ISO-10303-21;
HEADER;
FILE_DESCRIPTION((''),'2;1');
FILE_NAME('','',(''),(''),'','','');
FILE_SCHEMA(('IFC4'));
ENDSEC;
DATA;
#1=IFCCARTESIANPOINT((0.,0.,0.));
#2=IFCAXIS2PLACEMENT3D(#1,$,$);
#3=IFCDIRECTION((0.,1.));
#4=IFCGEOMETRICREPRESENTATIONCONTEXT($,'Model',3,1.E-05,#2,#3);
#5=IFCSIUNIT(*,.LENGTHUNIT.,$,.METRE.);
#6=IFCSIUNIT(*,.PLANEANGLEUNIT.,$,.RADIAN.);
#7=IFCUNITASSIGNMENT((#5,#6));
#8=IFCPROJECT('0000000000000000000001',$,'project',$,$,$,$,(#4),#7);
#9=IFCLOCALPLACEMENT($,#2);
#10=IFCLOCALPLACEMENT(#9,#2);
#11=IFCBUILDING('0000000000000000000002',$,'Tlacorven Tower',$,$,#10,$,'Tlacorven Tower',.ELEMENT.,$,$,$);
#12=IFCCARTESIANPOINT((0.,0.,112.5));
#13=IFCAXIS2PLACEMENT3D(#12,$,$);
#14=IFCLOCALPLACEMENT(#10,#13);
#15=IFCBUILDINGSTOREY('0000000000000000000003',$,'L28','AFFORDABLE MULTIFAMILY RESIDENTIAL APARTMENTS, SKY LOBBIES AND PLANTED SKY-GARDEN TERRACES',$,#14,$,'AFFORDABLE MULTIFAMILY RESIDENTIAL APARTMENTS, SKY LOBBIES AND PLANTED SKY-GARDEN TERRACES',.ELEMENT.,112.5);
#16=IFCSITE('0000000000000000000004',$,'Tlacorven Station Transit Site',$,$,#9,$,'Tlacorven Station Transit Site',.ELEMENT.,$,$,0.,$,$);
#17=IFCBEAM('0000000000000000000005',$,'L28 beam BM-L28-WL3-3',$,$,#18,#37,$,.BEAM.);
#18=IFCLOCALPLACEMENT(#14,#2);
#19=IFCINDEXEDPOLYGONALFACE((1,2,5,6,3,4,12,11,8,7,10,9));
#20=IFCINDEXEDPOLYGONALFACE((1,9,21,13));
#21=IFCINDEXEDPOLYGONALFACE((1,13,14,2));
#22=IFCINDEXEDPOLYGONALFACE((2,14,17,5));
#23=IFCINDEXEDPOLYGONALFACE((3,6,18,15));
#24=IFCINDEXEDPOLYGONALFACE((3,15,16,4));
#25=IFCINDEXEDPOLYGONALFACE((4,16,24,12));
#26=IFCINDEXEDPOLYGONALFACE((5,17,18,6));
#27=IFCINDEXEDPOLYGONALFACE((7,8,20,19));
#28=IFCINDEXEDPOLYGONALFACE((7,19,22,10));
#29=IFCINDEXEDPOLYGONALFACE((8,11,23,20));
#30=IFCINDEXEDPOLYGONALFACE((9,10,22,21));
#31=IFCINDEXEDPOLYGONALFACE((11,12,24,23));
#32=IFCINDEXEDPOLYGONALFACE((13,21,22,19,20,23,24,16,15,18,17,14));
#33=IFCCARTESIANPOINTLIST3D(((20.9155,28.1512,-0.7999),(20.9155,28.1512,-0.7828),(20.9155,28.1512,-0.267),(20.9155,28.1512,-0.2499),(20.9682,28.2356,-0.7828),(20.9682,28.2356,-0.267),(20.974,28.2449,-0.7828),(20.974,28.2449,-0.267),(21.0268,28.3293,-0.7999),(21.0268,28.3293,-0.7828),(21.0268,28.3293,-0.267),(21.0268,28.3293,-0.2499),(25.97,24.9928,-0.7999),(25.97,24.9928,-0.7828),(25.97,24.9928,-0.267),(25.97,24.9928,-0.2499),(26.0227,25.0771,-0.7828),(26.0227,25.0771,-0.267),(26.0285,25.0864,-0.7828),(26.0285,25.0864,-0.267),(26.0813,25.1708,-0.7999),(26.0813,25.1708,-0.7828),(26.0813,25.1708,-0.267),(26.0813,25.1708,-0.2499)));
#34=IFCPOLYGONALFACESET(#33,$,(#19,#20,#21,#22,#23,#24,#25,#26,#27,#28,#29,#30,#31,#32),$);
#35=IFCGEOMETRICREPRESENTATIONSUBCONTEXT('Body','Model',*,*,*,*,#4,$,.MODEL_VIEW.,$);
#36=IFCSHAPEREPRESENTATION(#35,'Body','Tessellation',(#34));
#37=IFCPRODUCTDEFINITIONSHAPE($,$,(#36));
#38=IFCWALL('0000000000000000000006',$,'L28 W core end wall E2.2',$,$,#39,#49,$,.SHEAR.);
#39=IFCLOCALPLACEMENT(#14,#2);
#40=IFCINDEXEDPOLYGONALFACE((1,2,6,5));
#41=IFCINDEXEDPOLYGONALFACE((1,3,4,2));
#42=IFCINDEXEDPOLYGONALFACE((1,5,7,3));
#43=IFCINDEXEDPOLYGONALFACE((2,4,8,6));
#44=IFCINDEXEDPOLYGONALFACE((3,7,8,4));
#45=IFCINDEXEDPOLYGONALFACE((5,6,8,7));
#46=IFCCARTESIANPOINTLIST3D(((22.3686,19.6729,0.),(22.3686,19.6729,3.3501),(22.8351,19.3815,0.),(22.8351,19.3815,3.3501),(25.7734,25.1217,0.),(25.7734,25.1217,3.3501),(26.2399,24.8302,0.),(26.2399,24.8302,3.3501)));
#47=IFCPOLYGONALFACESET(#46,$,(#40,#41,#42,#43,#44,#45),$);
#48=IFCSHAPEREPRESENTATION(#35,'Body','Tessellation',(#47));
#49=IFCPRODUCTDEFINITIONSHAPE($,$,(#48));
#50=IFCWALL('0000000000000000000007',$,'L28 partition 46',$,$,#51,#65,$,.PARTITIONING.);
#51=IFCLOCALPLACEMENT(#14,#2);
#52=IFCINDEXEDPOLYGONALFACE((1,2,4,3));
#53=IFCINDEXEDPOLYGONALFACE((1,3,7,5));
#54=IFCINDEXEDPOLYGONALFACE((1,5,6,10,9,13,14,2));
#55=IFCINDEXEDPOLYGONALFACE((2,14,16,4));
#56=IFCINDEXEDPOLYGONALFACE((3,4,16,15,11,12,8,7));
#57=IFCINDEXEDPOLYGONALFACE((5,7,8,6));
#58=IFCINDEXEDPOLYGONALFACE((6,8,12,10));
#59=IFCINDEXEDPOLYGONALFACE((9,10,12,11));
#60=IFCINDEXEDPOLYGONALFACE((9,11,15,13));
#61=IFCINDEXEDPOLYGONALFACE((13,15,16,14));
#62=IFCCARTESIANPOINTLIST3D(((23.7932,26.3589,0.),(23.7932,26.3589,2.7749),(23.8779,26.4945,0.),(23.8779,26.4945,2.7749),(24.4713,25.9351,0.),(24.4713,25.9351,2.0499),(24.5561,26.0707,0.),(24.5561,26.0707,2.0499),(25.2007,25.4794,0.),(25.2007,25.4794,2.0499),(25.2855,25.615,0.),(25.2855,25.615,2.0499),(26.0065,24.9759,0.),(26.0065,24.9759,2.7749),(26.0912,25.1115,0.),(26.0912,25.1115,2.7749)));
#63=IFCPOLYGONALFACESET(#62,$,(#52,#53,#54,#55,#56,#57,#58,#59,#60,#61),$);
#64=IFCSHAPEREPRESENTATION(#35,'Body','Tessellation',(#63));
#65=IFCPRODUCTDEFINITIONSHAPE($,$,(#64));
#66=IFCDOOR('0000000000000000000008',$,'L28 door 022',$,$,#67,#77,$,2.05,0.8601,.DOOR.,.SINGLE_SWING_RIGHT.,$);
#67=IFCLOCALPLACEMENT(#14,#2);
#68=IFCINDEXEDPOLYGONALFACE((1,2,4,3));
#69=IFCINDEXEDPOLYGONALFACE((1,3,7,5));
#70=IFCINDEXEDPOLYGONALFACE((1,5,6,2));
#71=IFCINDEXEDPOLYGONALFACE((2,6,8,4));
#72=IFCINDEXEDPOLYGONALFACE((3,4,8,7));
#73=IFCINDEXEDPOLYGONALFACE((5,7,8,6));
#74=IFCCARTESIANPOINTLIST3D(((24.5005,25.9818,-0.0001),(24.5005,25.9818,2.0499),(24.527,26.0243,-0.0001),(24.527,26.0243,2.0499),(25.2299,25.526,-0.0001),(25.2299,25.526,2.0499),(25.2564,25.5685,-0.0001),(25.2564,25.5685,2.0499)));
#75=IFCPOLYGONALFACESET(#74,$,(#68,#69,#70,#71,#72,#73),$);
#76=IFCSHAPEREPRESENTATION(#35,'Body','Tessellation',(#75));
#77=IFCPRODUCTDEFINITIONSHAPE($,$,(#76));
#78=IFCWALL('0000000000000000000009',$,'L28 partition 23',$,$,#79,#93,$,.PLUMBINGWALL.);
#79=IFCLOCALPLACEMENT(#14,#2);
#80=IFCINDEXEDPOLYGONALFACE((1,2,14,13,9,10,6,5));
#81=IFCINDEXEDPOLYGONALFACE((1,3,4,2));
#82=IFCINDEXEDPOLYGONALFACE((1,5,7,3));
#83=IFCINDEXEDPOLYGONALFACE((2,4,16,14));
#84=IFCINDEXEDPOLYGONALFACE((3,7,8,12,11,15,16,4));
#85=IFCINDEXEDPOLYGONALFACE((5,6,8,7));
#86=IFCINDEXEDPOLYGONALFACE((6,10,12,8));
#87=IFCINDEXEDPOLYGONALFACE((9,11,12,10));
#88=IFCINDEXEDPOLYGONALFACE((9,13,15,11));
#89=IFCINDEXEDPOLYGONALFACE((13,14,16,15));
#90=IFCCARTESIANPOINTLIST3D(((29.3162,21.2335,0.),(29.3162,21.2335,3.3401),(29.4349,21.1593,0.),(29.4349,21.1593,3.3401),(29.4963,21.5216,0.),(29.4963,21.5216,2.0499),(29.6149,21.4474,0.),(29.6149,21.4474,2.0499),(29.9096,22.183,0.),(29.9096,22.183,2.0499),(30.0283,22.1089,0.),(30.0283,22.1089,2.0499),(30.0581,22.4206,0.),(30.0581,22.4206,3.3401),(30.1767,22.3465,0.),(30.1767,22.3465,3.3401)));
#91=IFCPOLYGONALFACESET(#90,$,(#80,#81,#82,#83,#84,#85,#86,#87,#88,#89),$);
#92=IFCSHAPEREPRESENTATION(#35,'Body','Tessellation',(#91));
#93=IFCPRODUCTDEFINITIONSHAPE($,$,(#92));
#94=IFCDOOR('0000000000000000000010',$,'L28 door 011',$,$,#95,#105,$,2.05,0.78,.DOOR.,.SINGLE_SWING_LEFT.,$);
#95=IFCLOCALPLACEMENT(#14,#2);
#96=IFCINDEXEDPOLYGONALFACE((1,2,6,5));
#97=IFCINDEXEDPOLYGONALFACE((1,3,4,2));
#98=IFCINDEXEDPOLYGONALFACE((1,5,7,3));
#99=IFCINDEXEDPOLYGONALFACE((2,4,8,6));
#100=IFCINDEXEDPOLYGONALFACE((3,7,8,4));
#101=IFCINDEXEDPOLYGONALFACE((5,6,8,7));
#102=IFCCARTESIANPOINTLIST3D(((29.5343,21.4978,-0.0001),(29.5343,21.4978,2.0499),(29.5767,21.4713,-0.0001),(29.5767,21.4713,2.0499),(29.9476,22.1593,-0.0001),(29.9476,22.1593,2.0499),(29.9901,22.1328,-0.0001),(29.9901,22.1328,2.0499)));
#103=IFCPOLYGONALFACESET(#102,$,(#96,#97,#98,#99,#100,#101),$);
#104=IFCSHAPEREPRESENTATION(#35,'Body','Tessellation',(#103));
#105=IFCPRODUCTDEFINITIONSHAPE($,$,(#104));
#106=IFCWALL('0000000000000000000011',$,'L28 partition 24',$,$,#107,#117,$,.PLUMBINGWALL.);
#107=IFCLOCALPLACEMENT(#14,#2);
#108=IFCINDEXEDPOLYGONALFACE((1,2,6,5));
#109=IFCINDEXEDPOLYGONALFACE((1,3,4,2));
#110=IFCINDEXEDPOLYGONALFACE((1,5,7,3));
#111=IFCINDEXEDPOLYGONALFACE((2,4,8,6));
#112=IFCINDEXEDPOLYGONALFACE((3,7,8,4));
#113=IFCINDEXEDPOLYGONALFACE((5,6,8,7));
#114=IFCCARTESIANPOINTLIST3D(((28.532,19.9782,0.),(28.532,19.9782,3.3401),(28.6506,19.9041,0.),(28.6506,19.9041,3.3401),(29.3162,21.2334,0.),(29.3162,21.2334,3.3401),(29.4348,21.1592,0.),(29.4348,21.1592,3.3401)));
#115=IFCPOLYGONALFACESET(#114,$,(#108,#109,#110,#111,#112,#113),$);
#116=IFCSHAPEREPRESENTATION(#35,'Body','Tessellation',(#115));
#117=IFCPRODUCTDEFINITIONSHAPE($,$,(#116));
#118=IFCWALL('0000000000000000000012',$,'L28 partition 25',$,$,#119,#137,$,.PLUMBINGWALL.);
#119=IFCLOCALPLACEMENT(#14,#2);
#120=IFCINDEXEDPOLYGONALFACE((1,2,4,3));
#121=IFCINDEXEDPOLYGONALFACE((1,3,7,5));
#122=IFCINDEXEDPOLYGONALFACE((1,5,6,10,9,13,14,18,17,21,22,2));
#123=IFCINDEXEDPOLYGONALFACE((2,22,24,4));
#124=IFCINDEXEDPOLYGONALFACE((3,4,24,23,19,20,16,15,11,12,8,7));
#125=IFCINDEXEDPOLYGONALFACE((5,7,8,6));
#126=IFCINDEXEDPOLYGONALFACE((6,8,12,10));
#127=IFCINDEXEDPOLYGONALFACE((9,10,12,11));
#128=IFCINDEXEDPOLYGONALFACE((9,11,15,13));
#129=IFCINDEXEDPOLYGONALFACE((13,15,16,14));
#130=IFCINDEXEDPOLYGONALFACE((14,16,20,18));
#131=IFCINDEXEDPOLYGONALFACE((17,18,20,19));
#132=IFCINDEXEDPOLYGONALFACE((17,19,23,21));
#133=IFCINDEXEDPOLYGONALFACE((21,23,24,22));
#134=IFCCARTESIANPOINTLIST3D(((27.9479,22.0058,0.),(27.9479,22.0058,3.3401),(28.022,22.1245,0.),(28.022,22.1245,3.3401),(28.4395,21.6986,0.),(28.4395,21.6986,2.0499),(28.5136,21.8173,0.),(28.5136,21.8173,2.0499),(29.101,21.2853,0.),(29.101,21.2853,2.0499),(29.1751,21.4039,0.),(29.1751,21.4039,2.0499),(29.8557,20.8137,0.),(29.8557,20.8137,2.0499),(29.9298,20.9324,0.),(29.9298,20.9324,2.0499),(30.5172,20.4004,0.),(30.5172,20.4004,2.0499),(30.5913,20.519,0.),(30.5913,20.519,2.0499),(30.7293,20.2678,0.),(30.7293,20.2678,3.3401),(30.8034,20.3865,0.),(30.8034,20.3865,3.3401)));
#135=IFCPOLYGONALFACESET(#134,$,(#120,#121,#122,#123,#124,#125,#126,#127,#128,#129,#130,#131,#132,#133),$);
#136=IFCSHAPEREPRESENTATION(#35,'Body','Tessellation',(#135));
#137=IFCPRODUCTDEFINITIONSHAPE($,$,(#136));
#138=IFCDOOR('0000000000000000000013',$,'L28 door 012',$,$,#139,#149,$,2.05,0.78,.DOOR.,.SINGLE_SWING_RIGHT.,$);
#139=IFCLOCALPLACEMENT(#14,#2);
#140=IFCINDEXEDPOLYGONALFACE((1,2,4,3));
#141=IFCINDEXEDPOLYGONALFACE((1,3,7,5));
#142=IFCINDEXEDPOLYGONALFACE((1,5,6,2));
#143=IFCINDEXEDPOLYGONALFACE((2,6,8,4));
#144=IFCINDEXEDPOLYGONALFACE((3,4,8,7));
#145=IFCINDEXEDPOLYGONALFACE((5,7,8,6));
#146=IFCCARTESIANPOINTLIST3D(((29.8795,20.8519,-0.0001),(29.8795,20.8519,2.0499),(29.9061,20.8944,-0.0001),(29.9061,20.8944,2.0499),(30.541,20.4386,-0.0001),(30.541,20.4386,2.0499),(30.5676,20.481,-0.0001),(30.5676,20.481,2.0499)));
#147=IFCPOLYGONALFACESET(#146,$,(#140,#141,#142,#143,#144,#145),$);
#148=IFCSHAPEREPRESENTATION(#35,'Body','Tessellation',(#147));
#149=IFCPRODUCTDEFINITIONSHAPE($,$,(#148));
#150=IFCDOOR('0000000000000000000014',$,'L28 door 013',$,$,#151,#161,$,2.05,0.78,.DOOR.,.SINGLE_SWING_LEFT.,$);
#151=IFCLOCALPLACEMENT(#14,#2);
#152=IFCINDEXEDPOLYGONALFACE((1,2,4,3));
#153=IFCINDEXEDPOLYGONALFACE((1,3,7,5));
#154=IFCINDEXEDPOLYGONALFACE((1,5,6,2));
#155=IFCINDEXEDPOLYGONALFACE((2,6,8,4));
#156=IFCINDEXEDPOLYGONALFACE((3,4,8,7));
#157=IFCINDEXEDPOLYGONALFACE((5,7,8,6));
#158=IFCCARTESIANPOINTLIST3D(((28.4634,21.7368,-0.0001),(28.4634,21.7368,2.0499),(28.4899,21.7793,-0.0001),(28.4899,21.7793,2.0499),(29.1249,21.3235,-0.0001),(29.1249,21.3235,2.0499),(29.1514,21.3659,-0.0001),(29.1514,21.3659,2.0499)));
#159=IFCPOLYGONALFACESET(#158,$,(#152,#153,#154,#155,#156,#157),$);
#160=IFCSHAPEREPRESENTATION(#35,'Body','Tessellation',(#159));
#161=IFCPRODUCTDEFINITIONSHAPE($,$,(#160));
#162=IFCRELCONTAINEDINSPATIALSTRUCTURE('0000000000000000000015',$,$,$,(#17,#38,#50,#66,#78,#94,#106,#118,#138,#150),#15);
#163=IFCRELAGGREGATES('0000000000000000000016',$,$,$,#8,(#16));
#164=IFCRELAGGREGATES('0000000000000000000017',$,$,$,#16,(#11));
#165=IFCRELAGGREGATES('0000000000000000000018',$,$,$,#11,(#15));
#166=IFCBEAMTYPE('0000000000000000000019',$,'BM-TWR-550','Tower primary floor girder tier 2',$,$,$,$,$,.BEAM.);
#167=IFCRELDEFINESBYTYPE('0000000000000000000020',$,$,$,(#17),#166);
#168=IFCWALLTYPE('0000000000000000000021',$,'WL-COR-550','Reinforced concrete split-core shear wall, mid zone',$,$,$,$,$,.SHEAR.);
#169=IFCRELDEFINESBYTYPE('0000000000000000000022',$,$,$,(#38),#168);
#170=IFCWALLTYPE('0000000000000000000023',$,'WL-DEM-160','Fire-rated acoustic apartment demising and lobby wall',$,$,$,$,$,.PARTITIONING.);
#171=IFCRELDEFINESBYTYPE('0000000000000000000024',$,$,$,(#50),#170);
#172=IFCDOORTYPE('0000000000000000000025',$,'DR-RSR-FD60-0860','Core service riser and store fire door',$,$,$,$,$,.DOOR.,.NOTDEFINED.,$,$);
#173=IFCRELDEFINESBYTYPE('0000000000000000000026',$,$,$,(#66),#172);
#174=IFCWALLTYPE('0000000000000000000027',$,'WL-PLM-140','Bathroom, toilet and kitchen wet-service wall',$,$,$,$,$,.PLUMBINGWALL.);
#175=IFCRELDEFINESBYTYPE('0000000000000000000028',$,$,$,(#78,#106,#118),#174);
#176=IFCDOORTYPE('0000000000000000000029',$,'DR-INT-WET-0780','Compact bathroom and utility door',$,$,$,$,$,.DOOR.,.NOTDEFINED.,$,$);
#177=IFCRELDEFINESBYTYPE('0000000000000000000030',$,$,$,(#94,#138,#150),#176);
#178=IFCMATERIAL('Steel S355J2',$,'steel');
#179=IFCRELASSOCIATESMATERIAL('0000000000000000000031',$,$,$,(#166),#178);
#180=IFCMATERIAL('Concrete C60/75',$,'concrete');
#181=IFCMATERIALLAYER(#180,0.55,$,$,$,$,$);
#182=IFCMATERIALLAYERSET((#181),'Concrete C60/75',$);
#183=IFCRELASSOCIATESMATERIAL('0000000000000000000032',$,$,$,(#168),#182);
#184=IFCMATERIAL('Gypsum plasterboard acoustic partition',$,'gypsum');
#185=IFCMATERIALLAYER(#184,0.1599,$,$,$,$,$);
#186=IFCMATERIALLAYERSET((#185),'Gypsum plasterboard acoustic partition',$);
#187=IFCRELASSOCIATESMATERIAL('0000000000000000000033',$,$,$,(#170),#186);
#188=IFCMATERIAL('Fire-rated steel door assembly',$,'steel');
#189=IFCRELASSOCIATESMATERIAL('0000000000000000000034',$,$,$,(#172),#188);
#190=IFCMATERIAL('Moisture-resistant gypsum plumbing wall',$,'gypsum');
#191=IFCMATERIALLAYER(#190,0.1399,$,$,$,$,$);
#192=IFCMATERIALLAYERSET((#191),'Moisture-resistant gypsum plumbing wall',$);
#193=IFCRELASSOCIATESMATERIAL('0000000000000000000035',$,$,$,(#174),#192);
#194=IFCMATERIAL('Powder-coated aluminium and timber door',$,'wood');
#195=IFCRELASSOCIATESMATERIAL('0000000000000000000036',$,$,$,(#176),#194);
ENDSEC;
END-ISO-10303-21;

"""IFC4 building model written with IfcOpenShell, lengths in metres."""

from ifc_helpers import new_model, si_unit, direction, frame, frame_2d, origin, origin_2d, place, context, subcontext, project, spatial, rectangle, i_section, extrude, source, transform, mapped, material, layer, layer_set, material_profile, profile_set, type_object, element, fill, save


model = new_model("IFC4")

# Units and contexts
model_context = context("Model", 3, precision=1e-05, world=origin(), true_north=direction((0.0, 1.0)))
body_context = subcontext(model_context, "Body", "Model", "MODEL_VIEW")
ifc_project = project(units=[si_unit("LENGTHUNIT", "METRE"), si_unit("PLANEANGLEUNIT", "RADIAN")], contexts=[model_context])

# Site, building, storey
site_placement = place(None, origin())
site = spatial("IfcSite", under=ifc_project, at=site_placement, Name="Tlacorven Station Transit Site", LongName="Tlacorven Station Transit Site", CompositionType="ELEMENT", RefElevation=0.0)
building_placement = place(site_placement, origin())
building = spatial("IfcBuilding", under=site, at=building_placement, Name="Tlacorven Tower", LongName="Tlacorven Tower", CompositionType="ELEMENT")
storey_placement = place(building_placement, frame((0.0, 0.0, 112.5)))
storey = spatial("IfcBuildingStorey", under=building, at=storey_placement, Name="L28", Description="AFFORDABLE MULTIFAMILY RESIDENTIAL APARTMENTS, SKY LOBBIES AND PLANTED SKY-GARDEN TERRACES", LongName="AFFORDABLE MULTIFAMILY RESIDENTIAL APARTMENTS, SKY LOBBIES AND PLANTED SKY-GARDEN TERRACES", CompositionType="ELEMENT", Elevation=112.5)

# Beam
ifc_material_1 = material(Name="Steel S355J2", Category="steel")
ifc_material_profile = material_profile(ifc_material_1, i_section(OverallWidth=0.21, OverallDepth=0.55, WebThickness=0.011, FlangeThickness=0.0171, at=origin_2d()), Name="IPE 550")
ifc_profile_set = profile_set([ifc_material_profile], Name="Steel S355J2")
beam_type = type_object("IfcBeamType", Name="BM-TWR-550", Description="Tower primary floor girder tier 2", PredefinedType="BEAM", material=ifc_profile_set)
shared_shape_1 = source(origin(), body_context, "Body", "SweptSolid", [
    extrude(i_section(OverallWidth=0.21, OverallDepth=0.55, WebThickness=0.011, FlangeThickness=0.0171, at=origin_2d()), origin(), (0.0, 0.0, 1.0), 5.9602),
])
beam_placement = place(storey_placement, frame((26.0256, 25.0818, -0.5249), z_axis=(-0.848042, 0.529929, 0.0), x_axis=(-0.529929, -0.848042, 0.0)))
element("IfcBeam", 1, at=beam_placement, inside=storey, type_object=beam_type, Name="L28 beam BM-L28-WL3-3", PredefinedType="BEAM", context=body_context, shape_type="MappedRepresentation", body=[
    mapped(shared_shape_1, transform((0.0, 0.0, 0.0), scale=1.0)),
])

# Wall
ifc_material_2 = material(Name="Concrete C60/75", Category="concrete")
ifc_layer_1 = layer(ifc_material_2, 0.55)
ifc_layer_set_1 = layer_set([ifc_layer_1], Name="Concrete C60/75")
wall_type_1 = type_object("IfcWallType", Name="WL-COR-550", Description="Reinforced concrete split-core shear wall, mid zone", PredefinedType="SHEAR", material=ifc_layer_set_1)
wall_1_placement = place(storey_placement, frame((26.0066, 24.9758, 0.0), z_axis=(0.0, 0.0, 1.0), x_axis=(-0.529924, -0.848045, 0.0)))
element("IfcWall", 2, at=wall_1_placement, inside=storey, type_object=wall_type_1, Name="L28 W core end wall E2.2", PredefinedType="SHEAR", context=body_context, shape_type="SweptSolid", body=[
    extrude(rectangle(XDim=6.425, YDim=0.55, at=frame_2d((3.2124, 0.0))), origin(), (0.0, 0.0, 1.0), 3.3501),
])

# Walls, openings, doors
ifc_material_3 = material(Name="Gypsum plasterboard acoustic partition", Category="gypsum")
ifc_layer_2 = layer(ifc_material_3, 0.1599)
ifc_layer_set_2 = layer_set([ifc_layer_2], Name="Gypsum plasterboard acoustic partition")
wall_type_2 = type_object("IfcWallType", Name="WL-DEM-160", Description="Fire-rated acoustic apartment demising and lobby wall", PredefinedType="PARTITIONING", material=ifc_layer_set_2)
wall_2_placement = place(storey_placement, frame((26.0488, 25.0437, 0.0), z_axis=(0.0, 0.0, 1.0), x_axis=(-0.848051, 0.529915, 0.0)))
wall_2 = element("IfcWall", 3, at=wall_2_placement, inside=storey, type_object=wall_type_2, Name="L28 partition 46", PredefinedType="PARTITIONING", context=body_context, shape_type="SweptSolid", body=[
    extrude(rectangle(XDim=2.6099, YDim=0.1599, at=frame_2d((1.3049, 0.0))), origin(), (0.0, 0.0, 1.0), 2.7749),
])
opening_1_placement = place(wall_2_placement, frame((0.95, 0.0, 0.0)))
opening_1 = element("IfcOpeningElement", 4, at=opening_1_placement, cuts=wall_2, PredefinedType="OPENING", context=body_context, shape_type="SweptSolid", body=[
    extrude(rectangle(XDim=0.8601, YDim=2.05, at=frame_2d((0.4302, 1.0249))), frame((0.0, 0.0898, 0.0), z_axis=(0.0, -1.0, 0.0), x_axis=(1.0, 0.0, 0.0)), (0.0, 0.0, 1.0), 0.1799),
])
ifc_material_4 = material(Name="Fire-rated steel door assembly", Category="steel")
door_type_1 = type_object("IfcDoorType", Name="DR-RSR-FD60-0860", Description="Core service riser and store fire door", OperationType="NOTDEFINED", PredefinedType="DOOR", material=ifc_material_4)
shared_shape_2 = source(origin(), body_context, "Body", "SweptSolid", [
    extrude(rectangle(XDim=0.8601, YDim=2.05, at=frame_2d((0.4302, 1.0249))), frame((0.0, 0.0249, 0.0), z_axis=(0.0, -1.0, 0.0), x_axis=(1.0, 0.0, 0.0)), (0.0, 0.0, 1.0), 0.05),
])
door_1_placement = place(opening_1_placement, origin())
door_1 = element("IfcDoor", 5, at=door_1_placement, inside=storey, type_object=door_type_1, Name="L28 door 022", OperationType="SINGLE_SWING_RIGHT", OverallHeight=2.05, OverallWidth=0.8601, PredefinedType="DOOR", context=body_context, shape_type="MappedRepresentation", body=[
    mapped(shared_shape_2, transform((0.0, 0.0, 0.0), scale=1.0)),
])
fill(opening_1, door_1)
ifc_material_5 = material(Name="Moisture-resistant gypsum plumbing wall", Category="gypsum")
ifc_layer_3 = layer(ifc_material_5, 0.1399)
ifc_layer_set_3 = layer_set([ifc_layer_3], Name="Moisture-resistant gypsum plumbing wall")
wall_type_3 = type_object("IfcWallType", Name="WL-PLM-140", Description="Bathroom, toilet and kitchen wet-service wall", PredefinedType="PLUMBINGWALL", material=ifc_layer_set_3)
wall_3_placement = place(storey_placement, frame((30.1174, 22.3835, 0.0), z_axis=(0.0, 0.0, 1.0), x_axis=(-0.529952, -0.848028, 0.0)))
wall_3 = element("IfcWall", 6, at=wall_3_placement, inside=storey, type_object=wall_type_3, Name="L28 partition 23", PredefinedType="PLUMBINGWALL", context=body_context, shape_type="SweptSolid", body=[
    extrude(rectangle(XDim=1.3999, YDim=0.1399, at=frame_2d((0.7, 0.0))), origin(), (0.0, 0.0, 1.0), 3.3401),
])
opening_2_placement = place(wall_3_placement, frame((0.28, 0.0, 0.0)))
opening_2 = element("IfcOpeningElement", 7, at=opening_2_placement, cuts=wall_3, PredefinedType="OPENING", context=body_context, shape_type="SweptSolid", body=[
    extrude(rectangle(XDim=0.78, YDim=2.05, at=frame_2d((0.3901, 1.0249))), frame((0.0, 0.0801, 0.0), z_axis=(0.0, -1.0, 0.0), x_axis=(1.0, 0.0, 0.0)), (0.0, 0.0, 1.0), 0.1599),
])
ifc_material_6 = material(Name="Powder-coated aluminium and timber door", Category="wood")
door_type_2 = type_object("IfcDoorType", Name="DR-INT-WET-0780", Description="Compact bathroom and utility door", OperationType="NOTDEFINED", PredefinedType="DOOR", material=ifc_material_6)
shared_shape_3 = source(origin(), body_context, "Body", "SweptSolid", [
    extrude(rectangle(XDim=0.78, YDim=2.05, at=frame_2d((0.3901, 1.0249))), frame((0.0, 0.0249, 0.0), z_axis=(0.0, -1.0, 0.0), x_axis=(1.0, 0.0, 0.0)), (0.0, 0.0, 1.0), 0.05),
])
door_2_placement = place(opening_2_placement, origin())
door_2 = element("IfcDoor", 8, at=door_2_placement, inside=storey, type_object=door_type_2, Name="L28 door 011", OperationType="SINGLE_SWING_LEFT", OverallHeight=2.05, OverallWidth=0.78, PredefinedType="DOOR", context=body_context, shape_type="MappedRepresentation", body=[
    mapped(shared_shape_3, transform((0.0, 0.0, 0.0), scale=1.0)),
])
fill(opening_2, door_2)

# Wall
wall_4_placement = place(storey_placement, frame((29.3755, 21.1963, 0.0), z_axis=(0.0, 0.0, 1.0), x_axis=(-0.529865, -0.848082, 0.0)))
element("IfcWall", 9, at=wall_4_placement, inside=storey, type_object=wall_type_3, Name="L28 partition 24", PredefinedType="PLUMBINGWALL", context=body_context, shape_type="SweptSolid", body=[
    extrude(rectangle(XDim=1.48, YDim=0.1399, at=frame_2d((0.74, 0.0))), origin(), (0.0, 0.0, 1.0), 3.3401),
])

# Wall, openings, doors
wall_5_placement = place(storey_placement, frame((30.7664, 20.3271, 0.0), z_axis=(0.0, 0.0, 1.0), x_axis=(-0.848053, 0.529912, 0.0)))
wall_5 = element("IfcWall", 10, at=wall_5_placement, inside=storey, type_object=wall_type_3, Name="L28 partition 25", PredefinedType="PLUMBINGWALL", context=body_context, shape_type="SweptSolid", body=[
    extrude(rectangle(XDim=3.2798, YDim=0.1399, at=frame_2d((1.6399, 0.0))), origin(), (0.0, 0.0, 1.0), 3.3401),
])
opening_3_placement = place(wall_5_placement, frame((0.25, 0.0, 0.0)))
opening_3 = element("IfcOpeningElement", 11, at=opening_3_placement, cuts=wall_5, PredefinedType="OPENING", context=body_context, shape_type="SweptSolid", body=[
    extrude(rectangle(XDim=0.78, YDim=2.05, at=frame_2d((0.3901, 1.0249))), frame((0.0, 0.0801, 0.0), z_axis=(0.0, -1.0, 0.0), x_axis=(1.0, 0.0, 0.0)), (0.0, 0.0, 1.0), 0.1599),
])
opening_4_placement = place(wall_5_placement, frame((1.9199, 0.0, 0.0)))
opening_4 = element("IfcOpeningElement", 12, at=opening_4_placement, cuts=wall_5, PredefinedType="OPENING", context=body_context, shape_type="SweptSolid", body=[
    extrude(rectangle(XDim=0.78, YDim=2.05, at=frame_2d((0.3901, 1.0249))), frame((0.0, 0.0801, 0.0), z_axis=(0.0, -1.0, 0.0), x_axis=(1.0, 0.0, 0.0)), (0.0, 0.0, 1.0), 0.1599),
])
door_3_placement = place(opening_3_placement, origin())
door_3 = element("IfcDoor", 13, at=door_3_placement, inside=storey, type_object=door_type_2, Name="L28 door 012", OperationType="SINGLE_SWING_RIGHT", OverallHeight=2.05, OverallWidth=0.78, PredefinedType="DOOR", context=body_context, shape_type="MappedRepresentation", body=[
    mapped(shared_shape_3, transform((0.0, 0.0, 0.0), scale=1.0)),
])
fill(opening_3, door_3)
door_4_placement = place(opening_4_placement, origin())
door_4 = element("IfcDoor", 14, at=door_4_placement, inside=storey, type_object=door_type_2, Name="L28 door 013", OperationType="SINGLE_SWING_LEFT", OverallHeight=2.05, OverallWidth=0.78, PredefinedType="DOOR", context=body_context, shape_type="MappedRepresentation", body=[
    mapped(shared_shape_3, transform((0.0, 0.0, 0.0), scale=1.0)),
])
fill(opening_4, door_4)

save(model, "model.ifc")
